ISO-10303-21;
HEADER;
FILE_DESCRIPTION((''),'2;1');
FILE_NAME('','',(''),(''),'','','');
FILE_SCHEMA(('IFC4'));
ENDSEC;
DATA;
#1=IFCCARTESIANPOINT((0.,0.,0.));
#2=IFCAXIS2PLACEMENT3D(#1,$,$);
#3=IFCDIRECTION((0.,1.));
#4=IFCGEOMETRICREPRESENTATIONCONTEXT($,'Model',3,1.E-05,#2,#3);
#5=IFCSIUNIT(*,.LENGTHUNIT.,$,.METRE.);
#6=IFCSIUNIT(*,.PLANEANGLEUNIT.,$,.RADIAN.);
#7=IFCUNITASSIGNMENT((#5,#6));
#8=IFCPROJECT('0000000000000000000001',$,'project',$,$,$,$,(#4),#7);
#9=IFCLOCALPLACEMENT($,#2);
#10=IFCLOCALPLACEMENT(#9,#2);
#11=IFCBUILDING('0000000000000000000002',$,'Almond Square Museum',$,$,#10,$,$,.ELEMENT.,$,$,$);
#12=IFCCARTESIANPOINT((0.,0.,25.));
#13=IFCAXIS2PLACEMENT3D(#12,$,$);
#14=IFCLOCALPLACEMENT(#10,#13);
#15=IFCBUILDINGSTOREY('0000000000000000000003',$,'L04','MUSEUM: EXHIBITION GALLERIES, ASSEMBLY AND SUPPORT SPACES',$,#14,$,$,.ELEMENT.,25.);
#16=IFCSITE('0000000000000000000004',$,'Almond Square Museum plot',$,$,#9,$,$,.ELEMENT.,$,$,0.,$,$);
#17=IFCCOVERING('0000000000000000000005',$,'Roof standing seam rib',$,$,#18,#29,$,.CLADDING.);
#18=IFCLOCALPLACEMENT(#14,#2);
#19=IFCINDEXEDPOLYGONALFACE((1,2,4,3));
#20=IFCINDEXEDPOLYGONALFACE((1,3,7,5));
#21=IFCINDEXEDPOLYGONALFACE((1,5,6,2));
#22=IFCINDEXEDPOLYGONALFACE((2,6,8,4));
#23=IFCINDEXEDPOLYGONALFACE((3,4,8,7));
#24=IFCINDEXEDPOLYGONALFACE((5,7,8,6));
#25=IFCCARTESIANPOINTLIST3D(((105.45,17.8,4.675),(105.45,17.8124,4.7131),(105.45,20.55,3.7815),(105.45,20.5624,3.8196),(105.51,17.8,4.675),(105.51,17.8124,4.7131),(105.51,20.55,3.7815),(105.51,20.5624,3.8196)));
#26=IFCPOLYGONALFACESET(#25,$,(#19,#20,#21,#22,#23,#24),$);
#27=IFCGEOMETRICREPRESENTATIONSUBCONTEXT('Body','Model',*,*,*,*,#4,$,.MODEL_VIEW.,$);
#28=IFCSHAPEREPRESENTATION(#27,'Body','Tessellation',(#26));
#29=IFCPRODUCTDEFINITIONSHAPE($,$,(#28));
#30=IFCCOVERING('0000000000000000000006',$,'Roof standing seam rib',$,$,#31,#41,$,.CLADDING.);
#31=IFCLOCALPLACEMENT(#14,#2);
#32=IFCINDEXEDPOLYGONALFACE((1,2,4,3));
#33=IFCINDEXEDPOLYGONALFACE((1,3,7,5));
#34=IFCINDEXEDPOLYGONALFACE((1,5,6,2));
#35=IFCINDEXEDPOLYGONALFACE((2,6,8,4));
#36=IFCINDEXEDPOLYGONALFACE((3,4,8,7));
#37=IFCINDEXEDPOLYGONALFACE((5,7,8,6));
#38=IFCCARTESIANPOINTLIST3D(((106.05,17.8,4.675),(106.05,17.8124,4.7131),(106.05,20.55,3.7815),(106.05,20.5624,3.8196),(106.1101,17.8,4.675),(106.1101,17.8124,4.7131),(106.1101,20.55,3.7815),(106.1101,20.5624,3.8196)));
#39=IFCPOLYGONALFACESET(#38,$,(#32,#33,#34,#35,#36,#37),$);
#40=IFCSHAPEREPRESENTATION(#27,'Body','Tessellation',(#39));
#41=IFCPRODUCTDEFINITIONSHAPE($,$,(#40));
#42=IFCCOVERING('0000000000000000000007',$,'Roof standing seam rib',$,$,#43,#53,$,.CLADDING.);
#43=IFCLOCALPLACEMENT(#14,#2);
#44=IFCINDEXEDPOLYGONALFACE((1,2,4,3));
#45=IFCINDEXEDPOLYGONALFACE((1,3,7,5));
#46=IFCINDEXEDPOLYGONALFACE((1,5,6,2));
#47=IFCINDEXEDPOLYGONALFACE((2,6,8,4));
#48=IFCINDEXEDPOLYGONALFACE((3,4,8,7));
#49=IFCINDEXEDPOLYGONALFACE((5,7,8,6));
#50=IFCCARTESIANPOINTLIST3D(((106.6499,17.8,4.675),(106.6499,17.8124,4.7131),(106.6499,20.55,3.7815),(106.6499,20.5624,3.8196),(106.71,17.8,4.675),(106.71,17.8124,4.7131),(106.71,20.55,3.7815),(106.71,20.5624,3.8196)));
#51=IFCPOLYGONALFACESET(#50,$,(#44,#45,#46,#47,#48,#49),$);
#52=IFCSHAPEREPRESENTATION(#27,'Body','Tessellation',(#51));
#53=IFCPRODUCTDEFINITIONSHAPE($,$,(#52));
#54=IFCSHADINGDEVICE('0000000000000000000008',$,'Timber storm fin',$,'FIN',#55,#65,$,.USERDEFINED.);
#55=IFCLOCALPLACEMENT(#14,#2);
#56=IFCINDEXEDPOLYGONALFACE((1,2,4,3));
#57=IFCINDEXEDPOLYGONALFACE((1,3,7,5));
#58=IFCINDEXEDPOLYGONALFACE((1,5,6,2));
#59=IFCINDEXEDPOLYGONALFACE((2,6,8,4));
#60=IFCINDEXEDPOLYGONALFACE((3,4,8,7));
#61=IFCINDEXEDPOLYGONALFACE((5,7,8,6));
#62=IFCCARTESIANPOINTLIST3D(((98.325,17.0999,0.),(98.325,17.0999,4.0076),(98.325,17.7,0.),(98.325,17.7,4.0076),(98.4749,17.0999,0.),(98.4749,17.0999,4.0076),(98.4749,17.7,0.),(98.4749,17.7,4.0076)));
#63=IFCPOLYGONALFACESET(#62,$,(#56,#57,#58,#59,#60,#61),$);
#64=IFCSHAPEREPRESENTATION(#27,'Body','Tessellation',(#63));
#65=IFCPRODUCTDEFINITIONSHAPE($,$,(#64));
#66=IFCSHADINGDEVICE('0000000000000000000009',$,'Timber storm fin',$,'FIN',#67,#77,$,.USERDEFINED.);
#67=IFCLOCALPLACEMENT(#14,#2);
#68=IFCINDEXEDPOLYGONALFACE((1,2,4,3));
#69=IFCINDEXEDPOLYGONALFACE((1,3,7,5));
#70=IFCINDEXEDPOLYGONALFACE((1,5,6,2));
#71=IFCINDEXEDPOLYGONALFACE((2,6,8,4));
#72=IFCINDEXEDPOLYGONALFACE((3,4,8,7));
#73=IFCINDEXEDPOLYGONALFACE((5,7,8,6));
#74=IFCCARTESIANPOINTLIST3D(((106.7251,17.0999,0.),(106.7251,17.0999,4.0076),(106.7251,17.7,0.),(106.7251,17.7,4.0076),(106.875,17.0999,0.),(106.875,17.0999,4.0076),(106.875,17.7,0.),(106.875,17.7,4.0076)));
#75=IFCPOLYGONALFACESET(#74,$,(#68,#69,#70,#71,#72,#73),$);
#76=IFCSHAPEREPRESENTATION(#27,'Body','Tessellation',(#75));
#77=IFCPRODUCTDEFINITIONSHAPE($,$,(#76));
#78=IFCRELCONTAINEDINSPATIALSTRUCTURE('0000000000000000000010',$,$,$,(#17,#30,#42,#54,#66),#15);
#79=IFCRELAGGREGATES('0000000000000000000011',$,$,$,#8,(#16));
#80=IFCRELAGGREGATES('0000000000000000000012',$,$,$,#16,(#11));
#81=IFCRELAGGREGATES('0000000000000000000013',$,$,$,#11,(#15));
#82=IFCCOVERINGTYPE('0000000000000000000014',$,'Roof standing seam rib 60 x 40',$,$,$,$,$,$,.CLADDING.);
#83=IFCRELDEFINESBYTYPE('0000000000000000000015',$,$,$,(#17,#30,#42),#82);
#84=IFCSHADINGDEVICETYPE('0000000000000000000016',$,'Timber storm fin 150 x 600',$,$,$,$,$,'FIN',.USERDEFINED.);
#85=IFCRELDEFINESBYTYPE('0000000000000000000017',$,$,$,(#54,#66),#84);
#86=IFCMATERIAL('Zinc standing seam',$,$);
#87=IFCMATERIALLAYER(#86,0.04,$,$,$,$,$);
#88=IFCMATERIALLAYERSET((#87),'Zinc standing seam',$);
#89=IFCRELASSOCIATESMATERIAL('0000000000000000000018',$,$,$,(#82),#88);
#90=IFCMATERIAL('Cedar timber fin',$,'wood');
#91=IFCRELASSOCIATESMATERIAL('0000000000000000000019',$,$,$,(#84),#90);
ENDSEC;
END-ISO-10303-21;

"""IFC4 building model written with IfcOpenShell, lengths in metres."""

from ifc_helpers import new_model, si_unit, direction, frame, origin, origin_2d, place, context, subcontext, project, spatial, polyline, rectangle, outline, extrude, material, layer, layer_set, type_object, element, save


model = new_model("IFC4")

# Units and contexts
model_context = context("Model", 3, precision=1e-05, world=origin(), true_north=direction((0.0, 1.0)))
body_context = subcontext(model_context, "Body", "Model", "MODEL_VIEW")
ifc_project = project(units=[si_unit("LENGTHUNIT", "METRE"), si_unit("PLANEANGLEUNIT", "RADIAN")], contexts=[model_context])

# Site, building, storey
site_placement = place(None, origin())
site = spatial("IfcSite", under=ifc_project, at=site_placement, Name="Almond Square Museum plot", CompositionType="ELEMENT", RefElevation=0.0)
building_placement = place(site_placement, origin())
building = spatial("IfcBuilding", under=site, at=building_placement, Name="Almond Square Museum", CompositionType="ELEMENT")
storey_placement = place(building_placement, frame((0.0, 0.0, 25.0)))
storey = spatial("IfcBuildingStorey", under=building, at=storey_placement, Name="L04", Description="MUSEUM: EXHIBITION GALLERIES, ASSEMBLY AND SUPPORT SPACES", CompositionType="ELEMENT", Elevation=25.0)

# Coverings
ifc_material_1 = material(Name="Zinc standing seam")
ifc_layer_1 = layer(ifc_material_1, 0.04)
ifc_layer_set_1 = layer_set([ifc_layer_1], Name="Zinc standing seam")
covering_type_1 = type_object("IfcCoveringType", Name="Roof standing seam rib 60 x 40", PredefinedType="CLADDING", material=ifc_layer_set_1)
for number, where, z_axis, x_axis, name in (
    (1, (105.45, 17.8, 4.675), (0.0, 0.309025, 0.951054), (1.0, 0.0, 0.0), "Roof standing seam rib"),
    (2, (106.05, 17.8, 4.675), (0.0, 0.309025, 0.951054), (1.0, 0.0, 0.0), "Roof standing seam rib"),
    (3, (106.6499, 17.8, 4.675), (0.0, 0.309025, 0.951054), (1.0, 0.0, 0.0), "Roof standing seam rib"),
):
    element("IfcCovering", number, at=place(storey_placement, frame(where, z_axis=z_axis, x_axis=x_axis)), inside=storey, type_object=covering_type_1, Name=name, PredefinedType="CLADDING", context=body_context, shape_type="SweptSolid", body=[
        extrude(outline(polyline([(0.0, 0.0), (0.0601, 0.0), (0.0601, 2.8915), (0.0, 2.8915), (0.0, 0.0)])), origin(), (0.0, 0.0, 1.0), 0.04),
    ])

# Shading devices
ifc_material_2 = material(Name="Cedar timber fin", Category="wood")
shading_device_type = type_object("IfcShadingDeviceType", Name="Timber storm fin 150 x 600", ElementType="FIN", PredefinedType="USERDEFINED", material=ifc_material_2)
for number, where, z_axis, x_axis, name in (
    (4, (98.3999, 17.3999, 0.0), (0.0, 0.0, 1.0), (1.0, 0.0, 0.0), "Timber storm fin"),
    (5, (106.8, 17.3999, 0.0), (0.0, 0.0, 1.0), (1.0, 0.0, 0.0), "Timber storm fin"),
):
    element("IfcShadingDevice", number, at=place(storey_placement, frame(where, z_axis=z_axis, x_axis=x_axis)), inside=storey, type_object=shading_device_type, Name=name, ObjectType="FIN", PredefinedType="USERDEFINED", context=body_context, shape_type="SweptSolid", body=[
        extrude(rectangle(XDim=0.1499, YDim=0.6001, at=origin_2d()), origin(), (0.0, 0.0, 1.0), 4.0076),
    ])

save(model, "model.ifc")
